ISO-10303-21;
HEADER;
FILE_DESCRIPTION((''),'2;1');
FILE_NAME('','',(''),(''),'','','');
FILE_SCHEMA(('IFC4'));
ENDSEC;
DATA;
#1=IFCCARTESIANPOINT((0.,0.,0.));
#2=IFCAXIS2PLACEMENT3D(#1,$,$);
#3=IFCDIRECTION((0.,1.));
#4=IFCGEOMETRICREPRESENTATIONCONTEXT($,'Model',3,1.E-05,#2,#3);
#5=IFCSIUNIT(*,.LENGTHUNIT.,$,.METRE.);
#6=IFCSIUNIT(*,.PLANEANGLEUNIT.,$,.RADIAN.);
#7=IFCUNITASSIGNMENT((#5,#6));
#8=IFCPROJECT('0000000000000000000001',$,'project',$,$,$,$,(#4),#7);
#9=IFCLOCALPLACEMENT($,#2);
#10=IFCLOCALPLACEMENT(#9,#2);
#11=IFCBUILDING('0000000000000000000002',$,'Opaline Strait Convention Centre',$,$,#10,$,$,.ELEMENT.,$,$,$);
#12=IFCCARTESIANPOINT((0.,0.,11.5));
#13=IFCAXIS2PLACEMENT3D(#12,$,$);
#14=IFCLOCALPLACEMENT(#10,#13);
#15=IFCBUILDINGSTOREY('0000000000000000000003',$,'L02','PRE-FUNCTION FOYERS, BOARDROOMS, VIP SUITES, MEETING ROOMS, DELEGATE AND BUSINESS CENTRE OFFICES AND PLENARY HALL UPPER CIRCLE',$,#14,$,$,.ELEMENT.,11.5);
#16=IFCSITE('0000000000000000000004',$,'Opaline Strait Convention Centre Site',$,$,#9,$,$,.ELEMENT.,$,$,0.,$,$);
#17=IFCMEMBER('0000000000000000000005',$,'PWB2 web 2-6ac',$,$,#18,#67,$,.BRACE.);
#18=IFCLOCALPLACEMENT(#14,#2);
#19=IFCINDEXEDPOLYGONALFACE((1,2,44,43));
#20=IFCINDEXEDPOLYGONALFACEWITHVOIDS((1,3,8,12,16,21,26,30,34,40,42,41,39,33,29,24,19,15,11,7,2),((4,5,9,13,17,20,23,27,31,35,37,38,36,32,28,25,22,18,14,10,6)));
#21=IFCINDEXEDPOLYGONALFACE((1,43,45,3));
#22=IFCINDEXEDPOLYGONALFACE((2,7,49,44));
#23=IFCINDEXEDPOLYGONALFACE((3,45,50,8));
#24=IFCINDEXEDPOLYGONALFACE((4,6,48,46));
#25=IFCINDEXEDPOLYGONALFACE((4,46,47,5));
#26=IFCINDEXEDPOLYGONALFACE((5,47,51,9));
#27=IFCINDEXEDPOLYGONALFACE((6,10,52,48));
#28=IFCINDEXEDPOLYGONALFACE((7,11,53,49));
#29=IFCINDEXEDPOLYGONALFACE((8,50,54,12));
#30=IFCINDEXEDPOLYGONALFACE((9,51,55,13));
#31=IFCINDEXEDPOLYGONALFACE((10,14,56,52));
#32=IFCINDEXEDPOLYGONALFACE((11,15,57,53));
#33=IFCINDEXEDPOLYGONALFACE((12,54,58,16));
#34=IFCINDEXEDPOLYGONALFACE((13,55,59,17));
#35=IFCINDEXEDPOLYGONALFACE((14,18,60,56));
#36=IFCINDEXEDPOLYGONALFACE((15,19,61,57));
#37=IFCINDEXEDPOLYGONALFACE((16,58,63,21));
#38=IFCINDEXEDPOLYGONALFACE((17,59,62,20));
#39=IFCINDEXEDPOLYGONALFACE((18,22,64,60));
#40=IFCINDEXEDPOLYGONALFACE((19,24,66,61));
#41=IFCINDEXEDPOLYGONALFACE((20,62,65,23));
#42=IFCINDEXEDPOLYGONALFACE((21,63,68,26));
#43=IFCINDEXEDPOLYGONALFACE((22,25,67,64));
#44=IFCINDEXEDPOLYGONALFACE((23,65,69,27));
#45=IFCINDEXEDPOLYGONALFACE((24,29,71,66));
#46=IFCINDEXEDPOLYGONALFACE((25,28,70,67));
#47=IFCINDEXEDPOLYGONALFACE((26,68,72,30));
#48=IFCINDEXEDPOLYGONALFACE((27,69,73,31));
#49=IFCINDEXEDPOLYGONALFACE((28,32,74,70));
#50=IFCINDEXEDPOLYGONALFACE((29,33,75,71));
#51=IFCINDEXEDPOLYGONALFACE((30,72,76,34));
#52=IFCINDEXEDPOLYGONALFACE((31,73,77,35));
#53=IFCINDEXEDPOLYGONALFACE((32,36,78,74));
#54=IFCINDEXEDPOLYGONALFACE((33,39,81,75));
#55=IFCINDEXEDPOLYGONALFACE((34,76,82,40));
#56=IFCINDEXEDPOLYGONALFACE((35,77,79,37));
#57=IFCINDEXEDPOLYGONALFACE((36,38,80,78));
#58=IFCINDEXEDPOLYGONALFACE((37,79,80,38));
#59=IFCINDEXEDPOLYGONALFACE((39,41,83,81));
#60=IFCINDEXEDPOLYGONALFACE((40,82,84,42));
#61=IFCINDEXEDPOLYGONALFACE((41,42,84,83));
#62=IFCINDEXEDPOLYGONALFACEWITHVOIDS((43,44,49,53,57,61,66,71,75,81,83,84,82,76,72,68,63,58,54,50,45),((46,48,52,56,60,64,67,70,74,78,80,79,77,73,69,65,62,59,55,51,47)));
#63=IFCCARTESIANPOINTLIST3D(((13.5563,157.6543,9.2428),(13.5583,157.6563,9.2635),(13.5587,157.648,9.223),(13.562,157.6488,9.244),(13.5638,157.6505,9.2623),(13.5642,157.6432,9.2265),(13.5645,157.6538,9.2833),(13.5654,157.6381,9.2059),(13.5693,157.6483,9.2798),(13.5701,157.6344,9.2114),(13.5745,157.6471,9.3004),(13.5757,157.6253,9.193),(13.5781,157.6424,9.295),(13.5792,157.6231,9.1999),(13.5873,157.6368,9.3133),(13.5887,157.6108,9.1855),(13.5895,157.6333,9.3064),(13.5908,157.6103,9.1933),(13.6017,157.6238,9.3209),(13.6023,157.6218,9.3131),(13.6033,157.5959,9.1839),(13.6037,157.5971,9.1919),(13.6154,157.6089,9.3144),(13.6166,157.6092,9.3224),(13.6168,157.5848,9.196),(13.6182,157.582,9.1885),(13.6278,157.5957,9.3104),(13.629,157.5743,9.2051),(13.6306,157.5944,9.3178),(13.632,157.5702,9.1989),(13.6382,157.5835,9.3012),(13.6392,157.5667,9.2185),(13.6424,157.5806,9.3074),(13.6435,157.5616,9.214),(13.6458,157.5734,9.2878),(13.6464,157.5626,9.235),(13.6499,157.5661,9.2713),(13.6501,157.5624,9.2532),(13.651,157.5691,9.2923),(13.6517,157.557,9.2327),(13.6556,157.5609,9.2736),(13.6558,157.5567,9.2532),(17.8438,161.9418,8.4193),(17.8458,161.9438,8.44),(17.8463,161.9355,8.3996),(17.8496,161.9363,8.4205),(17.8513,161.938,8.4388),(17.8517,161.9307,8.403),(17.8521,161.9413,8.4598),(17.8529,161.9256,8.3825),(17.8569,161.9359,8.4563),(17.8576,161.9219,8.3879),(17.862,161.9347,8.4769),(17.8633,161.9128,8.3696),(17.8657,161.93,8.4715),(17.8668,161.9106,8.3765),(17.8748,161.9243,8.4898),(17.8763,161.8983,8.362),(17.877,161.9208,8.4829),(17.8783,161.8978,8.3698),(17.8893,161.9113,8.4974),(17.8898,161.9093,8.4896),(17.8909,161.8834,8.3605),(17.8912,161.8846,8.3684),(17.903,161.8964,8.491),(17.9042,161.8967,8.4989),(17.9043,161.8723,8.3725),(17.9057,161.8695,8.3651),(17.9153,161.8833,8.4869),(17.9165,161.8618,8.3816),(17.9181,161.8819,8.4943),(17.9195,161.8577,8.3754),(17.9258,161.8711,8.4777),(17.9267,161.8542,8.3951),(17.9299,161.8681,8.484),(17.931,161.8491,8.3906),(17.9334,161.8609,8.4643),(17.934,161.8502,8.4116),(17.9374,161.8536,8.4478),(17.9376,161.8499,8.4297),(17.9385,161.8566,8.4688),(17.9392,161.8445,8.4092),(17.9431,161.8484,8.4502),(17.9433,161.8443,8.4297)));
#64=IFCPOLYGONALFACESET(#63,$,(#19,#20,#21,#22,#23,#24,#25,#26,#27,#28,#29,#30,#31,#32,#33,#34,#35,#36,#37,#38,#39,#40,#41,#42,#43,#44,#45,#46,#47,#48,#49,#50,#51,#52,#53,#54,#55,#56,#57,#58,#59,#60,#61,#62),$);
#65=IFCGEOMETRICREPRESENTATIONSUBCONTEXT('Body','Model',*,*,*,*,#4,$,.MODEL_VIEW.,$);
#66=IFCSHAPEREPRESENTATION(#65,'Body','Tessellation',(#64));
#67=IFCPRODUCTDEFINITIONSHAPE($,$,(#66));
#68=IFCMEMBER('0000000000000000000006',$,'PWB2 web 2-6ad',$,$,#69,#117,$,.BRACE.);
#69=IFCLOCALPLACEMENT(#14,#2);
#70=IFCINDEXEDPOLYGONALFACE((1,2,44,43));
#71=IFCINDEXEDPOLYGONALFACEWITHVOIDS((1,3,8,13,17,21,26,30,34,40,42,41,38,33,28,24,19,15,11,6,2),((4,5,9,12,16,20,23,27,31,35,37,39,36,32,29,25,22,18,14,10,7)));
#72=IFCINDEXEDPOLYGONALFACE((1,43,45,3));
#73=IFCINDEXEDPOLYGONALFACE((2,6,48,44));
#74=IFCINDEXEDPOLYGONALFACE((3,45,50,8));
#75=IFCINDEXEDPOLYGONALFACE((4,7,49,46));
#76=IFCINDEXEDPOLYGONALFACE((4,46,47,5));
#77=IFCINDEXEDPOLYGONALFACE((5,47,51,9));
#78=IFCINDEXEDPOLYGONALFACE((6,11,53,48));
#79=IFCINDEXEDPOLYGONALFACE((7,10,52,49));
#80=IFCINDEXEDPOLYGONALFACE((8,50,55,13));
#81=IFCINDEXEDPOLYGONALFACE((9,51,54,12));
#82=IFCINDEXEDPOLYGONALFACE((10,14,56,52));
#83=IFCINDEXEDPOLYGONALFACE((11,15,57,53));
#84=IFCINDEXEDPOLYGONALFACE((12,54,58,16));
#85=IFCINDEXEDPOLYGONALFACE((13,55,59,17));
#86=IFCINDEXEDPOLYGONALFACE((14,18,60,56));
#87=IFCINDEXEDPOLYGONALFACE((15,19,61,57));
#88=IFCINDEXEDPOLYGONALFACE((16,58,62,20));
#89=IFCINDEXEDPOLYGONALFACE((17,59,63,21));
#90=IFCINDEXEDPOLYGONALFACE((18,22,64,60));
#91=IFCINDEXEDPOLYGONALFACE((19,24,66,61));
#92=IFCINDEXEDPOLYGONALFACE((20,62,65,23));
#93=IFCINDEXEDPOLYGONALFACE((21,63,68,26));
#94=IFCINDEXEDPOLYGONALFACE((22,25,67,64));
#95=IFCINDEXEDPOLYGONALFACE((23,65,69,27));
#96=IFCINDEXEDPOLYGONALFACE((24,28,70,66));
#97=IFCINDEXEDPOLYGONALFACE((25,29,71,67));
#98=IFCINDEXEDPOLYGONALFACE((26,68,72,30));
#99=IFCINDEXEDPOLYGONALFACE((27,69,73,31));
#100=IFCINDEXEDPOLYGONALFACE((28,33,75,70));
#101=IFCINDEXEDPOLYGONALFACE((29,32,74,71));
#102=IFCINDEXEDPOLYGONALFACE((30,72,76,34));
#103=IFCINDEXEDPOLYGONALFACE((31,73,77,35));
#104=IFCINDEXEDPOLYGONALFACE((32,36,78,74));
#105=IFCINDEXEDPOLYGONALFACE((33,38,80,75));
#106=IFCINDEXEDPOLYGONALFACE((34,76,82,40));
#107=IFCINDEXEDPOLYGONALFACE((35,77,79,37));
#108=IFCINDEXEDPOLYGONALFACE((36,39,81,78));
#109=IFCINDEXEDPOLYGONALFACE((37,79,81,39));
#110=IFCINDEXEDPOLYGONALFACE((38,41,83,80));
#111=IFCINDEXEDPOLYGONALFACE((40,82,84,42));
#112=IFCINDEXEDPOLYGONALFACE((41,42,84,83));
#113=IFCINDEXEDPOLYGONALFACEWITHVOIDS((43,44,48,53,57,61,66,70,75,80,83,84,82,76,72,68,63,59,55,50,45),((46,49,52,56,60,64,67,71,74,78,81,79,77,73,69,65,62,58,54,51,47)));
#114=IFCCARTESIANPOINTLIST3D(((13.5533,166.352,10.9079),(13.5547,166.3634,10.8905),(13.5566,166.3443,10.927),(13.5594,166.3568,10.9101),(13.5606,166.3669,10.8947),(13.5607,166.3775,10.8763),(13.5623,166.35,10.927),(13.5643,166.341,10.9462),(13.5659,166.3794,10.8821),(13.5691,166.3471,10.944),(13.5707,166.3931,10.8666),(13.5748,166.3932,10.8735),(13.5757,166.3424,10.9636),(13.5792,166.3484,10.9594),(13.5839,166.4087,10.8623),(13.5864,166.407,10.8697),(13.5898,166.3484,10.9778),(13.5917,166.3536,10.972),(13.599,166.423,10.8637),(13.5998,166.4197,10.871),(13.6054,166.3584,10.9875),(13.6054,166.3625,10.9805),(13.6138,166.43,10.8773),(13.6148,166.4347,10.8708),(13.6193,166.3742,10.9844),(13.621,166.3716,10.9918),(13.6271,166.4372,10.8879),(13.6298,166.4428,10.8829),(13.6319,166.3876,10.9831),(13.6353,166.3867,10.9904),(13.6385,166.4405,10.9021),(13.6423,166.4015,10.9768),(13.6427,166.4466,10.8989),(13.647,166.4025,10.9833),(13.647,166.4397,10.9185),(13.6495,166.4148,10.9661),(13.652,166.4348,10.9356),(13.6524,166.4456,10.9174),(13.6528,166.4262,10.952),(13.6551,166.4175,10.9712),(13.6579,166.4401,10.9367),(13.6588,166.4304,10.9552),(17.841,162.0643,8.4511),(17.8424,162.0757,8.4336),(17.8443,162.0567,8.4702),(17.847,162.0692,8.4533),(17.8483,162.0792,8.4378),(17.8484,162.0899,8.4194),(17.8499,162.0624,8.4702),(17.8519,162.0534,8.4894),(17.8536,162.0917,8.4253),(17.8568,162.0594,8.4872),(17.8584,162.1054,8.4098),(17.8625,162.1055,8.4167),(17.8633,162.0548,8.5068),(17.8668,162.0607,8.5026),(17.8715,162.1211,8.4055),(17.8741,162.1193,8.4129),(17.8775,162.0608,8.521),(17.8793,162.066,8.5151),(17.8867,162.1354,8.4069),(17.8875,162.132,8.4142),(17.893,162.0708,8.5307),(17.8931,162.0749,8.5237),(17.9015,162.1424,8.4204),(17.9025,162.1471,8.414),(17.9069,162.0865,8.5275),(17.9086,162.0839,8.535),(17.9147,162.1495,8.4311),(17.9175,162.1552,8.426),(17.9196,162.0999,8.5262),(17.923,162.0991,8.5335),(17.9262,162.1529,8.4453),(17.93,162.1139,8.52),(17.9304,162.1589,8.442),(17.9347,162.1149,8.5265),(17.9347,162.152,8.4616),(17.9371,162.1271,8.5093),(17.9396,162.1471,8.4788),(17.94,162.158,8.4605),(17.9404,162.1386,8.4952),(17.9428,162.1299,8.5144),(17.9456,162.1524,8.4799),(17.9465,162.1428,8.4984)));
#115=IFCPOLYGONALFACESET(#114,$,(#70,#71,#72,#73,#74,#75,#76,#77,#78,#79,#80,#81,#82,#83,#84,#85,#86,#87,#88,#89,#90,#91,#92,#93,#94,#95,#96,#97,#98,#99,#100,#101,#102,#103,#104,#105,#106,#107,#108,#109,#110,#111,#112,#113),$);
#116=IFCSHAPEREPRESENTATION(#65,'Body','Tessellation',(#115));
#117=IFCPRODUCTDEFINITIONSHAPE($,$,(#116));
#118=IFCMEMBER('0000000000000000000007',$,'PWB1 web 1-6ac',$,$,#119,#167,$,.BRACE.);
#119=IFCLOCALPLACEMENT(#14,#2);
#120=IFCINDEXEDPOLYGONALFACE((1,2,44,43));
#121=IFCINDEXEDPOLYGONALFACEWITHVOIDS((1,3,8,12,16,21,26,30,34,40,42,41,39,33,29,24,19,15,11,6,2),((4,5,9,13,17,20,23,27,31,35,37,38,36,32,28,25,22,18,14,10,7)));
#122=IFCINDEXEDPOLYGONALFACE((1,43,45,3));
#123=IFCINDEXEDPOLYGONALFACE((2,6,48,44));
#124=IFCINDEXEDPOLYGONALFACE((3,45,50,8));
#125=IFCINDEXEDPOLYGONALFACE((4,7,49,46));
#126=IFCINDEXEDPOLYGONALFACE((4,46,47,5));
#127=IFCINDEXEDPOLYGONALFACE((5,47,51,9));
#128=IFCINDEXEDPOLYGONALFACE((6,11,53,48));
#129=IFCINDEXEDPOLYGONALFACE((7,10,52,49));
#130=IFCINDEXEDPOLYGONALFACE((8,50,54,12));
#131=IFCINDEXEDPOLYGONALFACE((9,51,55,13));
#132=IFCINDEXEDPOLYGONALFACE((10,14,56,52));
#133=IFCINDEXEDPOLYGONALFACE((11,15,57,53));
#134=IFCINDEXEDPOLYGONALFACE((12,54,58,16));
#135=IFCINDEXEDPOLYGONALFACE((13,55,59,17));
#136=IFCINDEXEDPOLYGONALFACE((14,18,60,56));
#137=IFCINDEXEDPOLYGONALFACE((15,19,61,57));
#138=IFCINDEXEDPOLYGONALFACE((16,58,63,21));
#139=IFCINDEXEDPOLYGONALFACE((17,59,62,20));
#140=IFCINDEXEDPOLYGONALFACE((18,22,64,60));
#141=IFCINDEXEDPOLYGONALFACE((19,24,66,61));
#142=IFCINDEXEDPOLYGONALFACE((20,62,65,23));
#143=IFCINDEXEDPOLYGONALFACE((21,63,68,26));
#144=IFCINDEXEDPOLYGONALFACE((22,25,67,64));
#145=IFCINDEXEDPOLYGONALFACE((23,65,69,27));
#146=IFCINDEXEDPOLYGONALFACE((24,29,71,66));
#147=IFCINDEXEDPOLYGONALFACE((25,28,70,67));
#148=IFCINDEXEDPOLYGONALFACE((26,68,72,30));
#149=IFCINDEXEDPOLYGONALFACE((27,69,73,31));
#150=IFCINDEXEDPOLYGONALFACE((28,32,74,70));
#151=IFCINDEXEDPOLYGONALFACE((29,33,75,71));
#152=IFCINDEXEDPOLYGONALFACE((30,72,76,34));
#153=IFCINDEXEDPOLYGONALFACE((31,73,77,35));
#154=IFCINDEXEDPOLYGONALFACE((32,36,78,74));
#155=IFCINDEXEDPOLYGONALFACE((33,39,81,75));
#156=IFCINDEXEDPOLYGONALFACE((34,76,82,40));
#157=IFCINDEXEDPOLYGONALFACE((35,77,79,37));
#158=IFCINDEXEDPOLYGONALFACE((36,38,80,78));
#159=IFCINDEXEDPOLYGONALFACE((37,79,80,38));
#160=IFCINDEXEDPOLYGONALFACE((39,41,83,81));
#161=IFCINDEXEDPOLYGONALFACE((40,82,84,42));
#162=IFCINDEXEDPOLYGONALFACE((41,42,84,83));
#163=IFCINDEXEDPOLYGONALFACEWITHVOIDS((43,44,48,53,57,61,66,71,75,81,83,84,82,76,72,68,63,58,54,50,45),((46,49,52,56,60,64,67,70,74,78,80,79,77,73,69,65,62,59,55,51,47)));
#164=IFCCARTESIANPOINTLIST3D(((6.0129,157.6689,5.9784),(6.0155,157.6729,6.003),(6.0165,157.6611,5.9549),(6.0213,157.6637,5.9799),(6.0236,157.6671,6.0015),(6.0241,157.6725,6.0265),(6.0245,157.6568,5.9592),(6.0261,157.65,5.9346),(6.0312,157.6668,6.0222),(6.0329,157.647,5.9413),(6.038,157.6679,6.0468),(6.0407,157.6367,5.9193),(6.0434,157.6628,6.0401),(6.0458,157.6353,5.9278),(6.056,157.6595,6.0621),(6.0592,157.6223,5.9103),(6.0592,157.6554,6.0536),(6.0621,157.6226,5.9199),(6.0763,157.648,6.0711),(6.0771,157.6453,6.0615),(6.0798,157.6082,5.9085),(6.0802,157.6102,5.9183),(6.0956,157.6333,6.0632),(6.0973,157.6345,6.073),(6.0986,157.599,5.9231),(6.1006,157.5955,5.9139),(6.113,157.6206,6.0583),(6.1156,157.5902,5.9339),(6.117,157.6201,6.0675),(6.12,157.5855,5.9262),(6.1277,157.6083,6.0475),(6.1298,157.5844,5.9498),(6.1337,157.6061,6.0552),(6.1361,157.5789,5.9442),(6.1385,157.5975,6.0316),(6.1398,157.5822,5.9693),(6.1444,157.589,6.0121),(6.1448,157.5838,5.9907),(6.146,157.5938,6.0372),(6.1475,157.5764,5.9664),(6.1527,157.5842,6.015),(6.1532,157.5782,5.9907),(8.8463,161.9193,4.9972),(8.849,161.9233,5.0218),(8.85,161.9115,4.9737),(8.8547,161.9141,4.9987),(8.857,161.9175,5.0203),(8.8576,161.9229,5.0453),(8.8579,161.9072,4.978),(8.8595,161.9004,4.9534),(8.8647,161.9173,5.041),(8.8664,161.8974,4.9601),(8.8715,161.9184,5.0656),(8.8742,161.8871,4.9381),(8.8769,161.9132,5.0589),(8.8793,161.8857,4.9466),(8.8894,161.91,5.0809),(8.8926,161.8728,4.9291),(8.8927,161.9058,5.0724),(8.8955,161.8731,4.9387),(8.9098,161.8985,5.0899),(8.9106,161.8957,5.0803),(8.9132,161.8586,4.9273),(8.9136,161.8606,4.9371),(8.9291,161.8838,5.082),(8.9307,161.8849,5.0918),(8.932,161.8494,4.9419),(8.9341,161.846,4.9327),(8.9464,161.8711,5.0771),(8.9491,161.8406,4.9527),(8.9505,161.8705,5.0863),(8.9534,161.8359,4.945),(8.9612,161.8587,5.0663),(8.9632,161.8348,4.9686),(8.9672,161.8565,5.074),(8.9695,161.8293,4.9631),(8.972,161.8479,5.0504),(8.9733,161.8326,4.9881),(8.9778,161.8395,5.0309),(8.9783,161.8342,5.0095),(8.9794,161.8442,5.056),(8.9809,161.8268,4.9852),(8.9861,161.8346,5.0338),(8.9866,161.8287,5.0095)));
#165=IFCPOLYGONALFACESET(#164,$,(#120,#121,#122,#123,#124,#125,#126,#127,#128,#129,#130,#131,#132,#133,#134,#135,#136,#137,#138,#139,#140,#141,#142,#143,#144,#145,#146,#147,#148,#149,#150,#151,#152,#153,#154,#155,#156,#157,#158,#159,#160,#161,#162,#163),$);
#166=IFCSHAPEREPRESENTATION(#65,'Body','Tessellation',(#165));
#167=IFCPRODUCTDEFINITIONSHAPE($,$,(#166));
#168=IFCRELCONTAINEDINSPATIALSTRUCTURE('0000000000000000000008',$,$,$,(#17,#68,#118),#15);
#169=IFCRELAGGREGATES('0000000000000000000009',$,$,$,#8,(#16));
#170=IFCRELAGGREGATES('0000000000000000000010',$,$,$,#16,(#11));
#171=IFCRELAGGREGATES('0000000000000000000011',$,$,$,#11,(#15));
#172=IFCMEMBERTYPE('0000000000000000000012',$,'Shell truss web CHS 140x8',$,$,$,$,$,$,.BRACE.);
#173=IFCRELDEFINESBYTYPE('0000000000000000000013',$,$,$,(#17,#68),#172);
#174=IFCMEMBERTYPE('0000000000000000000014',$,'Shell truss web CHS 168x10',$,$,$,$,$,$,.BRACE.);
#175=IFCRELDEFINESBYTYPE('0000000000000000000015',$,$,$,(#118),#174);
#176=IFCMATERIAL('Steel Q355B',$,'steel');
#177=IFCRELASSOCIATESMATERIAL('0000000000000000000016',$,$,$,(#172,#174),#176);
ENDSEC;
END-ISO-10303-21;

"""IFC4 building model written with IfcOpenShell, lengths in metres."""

from ifc_helpers import new_model, si_unit, direction, frame, origin, origin_2d, place, context, subcontext, project, spatial, hollow_circle, extrude, material, material_profile, profile_set, type_object, element, save


model = new_model("IFC4")

# Units and contexts
model_context = context("Model", 3, precision=1e-05, world=origin(), true_north=direction((0.0, 1.0)))
body_context = subcontext(model_context, "Body", "Model", "MODEL_VIEW")
ifc_project = project(units=[si_unit("LENGTHUNIT", "METRE"), si_unit("PLANEANGLEUNIT", "RADIAN")], contexts=[model_context])

# Site, building, storey
site_placement = place(None, origin())
site = spatial("IfcSite", under=ifc_project, at=site_placement, Name="Opaline Strait Convention Centre Site", CompositionType="ELEMENT", RefElevation=0.0)
building_placement = place(site_placement, origin())
building = spatial("IfcBuilding", under=site, at=building_placement, Name="Opaline Strait Convention Centre", CompositionType="ELEMENT")
storey_placement = place(building_placement, frame((0.0, 0.0, 11.5)))
storey = spatial("IfcBuildingStorey", under=building, at=storey_placement, Name="L02", Description="PRE-FUNCTION FOYERS, BOARDROOMS, VIP SUITES, MEETING ROOMS, DELEGATE AND BUSINESS CENTRE OFFICES AND PLENARY HALL UPPER CIRCLE", CompositionType="ELEMENT", Elevation=11.5)

# Members
ifc_material_1 = material(Name="Steel Q355B", Category="steel")
ifc_material_profile_1 = material_profile(ifc_material_1, hollow_circle(Radius=0.0701, WallThickness=0.0081, at=origin_2d()), Name="CHS 140x8")
ifc_profile_set_1 = profile_set([ifc_material_profile_1], Name="Steel Q355B")
member_type_1 = type_object("IfcMemberType", Name="Shell truss web CHS 140x8", PredefinedType="BRACE", material=ifc_profile_set_1)
member_1_placement = place(storey_placement, frame((17.8938, 161.8938, 8.4297), z_axis=(-0.700675, -0.700675, 0.134573), x_axis=(0.707107, -0.707107, 0.0)))
element("IfcMember", 1, at=member_1_placement, inside=storey, type_object=member_type_1, Name="PWB2 web 2-6ac", PredefinedType="BRACE", context=body_context, shape_type="SweptSolid", body=[
    extrude(hollow_circle(Radius=0.0701, WallThickness=0.0081, at=origin_2d()), origin(), (0.0, 0.0, 1.0), 6.1191),
])
member_2_placement = place(storey_placement, frame((17.8938, 162.1062, 8.4702), z_axis=(-0.655357, 0.655357, 0.375519), x_axis=(-0.707107, -0.707107, 0.0)))
element("IfcMember", 2, at=member_2_placement, inside=storey, type_object=member_type_1, Name="PWB2 web 2-6ad", PredefinedType="BRACE", context=body_context, shape_type="SweptSolid", body=[
    extrude(hollow_circle(Radius=0.0701, WallThickness=0.0081, at=origin_2d()), origin(), (0.0, 0.0, 1.0), 6.5425),
])
ifc_material_profile_2 = material_profile(ifc_material_1, hollow_circle(Radius=0.084, WallThickness=0.01, at=origin_2d()), Name="CHS 168x10")
ifc_profile_set_2 = profile_set([ifc_material_profile_2], Name="Steel Q355B")
member_type_2 = type_object("IfcMemberType", Name="Shell truss web CHS 168x10", PredefinedType="BRACE", material=ifc_profile_set_2)
member_3_placement = place(storey_placement, frame((8.9167, 161.8752, 5.0095), z_axis=(-0.544721, -0.817128, 0.188629), x_axis=(0.832065, -0.554678, 0.0)))
element("IfcMember", 3, at=member_3_placement, inside=storey, type_object=member_type_2, Name="PWB1 web 1-6ac", PredefinedType="BRACE", context=body_context, shape_type="SweptSolid", body=[
    extrude(hollow_circle(Radius=0.084, WallThickness=0.01, at=origin_2d()), origin(), (0.0, 0.0, 1.0), 5.2017),
])

save(model, "model.ifc")
